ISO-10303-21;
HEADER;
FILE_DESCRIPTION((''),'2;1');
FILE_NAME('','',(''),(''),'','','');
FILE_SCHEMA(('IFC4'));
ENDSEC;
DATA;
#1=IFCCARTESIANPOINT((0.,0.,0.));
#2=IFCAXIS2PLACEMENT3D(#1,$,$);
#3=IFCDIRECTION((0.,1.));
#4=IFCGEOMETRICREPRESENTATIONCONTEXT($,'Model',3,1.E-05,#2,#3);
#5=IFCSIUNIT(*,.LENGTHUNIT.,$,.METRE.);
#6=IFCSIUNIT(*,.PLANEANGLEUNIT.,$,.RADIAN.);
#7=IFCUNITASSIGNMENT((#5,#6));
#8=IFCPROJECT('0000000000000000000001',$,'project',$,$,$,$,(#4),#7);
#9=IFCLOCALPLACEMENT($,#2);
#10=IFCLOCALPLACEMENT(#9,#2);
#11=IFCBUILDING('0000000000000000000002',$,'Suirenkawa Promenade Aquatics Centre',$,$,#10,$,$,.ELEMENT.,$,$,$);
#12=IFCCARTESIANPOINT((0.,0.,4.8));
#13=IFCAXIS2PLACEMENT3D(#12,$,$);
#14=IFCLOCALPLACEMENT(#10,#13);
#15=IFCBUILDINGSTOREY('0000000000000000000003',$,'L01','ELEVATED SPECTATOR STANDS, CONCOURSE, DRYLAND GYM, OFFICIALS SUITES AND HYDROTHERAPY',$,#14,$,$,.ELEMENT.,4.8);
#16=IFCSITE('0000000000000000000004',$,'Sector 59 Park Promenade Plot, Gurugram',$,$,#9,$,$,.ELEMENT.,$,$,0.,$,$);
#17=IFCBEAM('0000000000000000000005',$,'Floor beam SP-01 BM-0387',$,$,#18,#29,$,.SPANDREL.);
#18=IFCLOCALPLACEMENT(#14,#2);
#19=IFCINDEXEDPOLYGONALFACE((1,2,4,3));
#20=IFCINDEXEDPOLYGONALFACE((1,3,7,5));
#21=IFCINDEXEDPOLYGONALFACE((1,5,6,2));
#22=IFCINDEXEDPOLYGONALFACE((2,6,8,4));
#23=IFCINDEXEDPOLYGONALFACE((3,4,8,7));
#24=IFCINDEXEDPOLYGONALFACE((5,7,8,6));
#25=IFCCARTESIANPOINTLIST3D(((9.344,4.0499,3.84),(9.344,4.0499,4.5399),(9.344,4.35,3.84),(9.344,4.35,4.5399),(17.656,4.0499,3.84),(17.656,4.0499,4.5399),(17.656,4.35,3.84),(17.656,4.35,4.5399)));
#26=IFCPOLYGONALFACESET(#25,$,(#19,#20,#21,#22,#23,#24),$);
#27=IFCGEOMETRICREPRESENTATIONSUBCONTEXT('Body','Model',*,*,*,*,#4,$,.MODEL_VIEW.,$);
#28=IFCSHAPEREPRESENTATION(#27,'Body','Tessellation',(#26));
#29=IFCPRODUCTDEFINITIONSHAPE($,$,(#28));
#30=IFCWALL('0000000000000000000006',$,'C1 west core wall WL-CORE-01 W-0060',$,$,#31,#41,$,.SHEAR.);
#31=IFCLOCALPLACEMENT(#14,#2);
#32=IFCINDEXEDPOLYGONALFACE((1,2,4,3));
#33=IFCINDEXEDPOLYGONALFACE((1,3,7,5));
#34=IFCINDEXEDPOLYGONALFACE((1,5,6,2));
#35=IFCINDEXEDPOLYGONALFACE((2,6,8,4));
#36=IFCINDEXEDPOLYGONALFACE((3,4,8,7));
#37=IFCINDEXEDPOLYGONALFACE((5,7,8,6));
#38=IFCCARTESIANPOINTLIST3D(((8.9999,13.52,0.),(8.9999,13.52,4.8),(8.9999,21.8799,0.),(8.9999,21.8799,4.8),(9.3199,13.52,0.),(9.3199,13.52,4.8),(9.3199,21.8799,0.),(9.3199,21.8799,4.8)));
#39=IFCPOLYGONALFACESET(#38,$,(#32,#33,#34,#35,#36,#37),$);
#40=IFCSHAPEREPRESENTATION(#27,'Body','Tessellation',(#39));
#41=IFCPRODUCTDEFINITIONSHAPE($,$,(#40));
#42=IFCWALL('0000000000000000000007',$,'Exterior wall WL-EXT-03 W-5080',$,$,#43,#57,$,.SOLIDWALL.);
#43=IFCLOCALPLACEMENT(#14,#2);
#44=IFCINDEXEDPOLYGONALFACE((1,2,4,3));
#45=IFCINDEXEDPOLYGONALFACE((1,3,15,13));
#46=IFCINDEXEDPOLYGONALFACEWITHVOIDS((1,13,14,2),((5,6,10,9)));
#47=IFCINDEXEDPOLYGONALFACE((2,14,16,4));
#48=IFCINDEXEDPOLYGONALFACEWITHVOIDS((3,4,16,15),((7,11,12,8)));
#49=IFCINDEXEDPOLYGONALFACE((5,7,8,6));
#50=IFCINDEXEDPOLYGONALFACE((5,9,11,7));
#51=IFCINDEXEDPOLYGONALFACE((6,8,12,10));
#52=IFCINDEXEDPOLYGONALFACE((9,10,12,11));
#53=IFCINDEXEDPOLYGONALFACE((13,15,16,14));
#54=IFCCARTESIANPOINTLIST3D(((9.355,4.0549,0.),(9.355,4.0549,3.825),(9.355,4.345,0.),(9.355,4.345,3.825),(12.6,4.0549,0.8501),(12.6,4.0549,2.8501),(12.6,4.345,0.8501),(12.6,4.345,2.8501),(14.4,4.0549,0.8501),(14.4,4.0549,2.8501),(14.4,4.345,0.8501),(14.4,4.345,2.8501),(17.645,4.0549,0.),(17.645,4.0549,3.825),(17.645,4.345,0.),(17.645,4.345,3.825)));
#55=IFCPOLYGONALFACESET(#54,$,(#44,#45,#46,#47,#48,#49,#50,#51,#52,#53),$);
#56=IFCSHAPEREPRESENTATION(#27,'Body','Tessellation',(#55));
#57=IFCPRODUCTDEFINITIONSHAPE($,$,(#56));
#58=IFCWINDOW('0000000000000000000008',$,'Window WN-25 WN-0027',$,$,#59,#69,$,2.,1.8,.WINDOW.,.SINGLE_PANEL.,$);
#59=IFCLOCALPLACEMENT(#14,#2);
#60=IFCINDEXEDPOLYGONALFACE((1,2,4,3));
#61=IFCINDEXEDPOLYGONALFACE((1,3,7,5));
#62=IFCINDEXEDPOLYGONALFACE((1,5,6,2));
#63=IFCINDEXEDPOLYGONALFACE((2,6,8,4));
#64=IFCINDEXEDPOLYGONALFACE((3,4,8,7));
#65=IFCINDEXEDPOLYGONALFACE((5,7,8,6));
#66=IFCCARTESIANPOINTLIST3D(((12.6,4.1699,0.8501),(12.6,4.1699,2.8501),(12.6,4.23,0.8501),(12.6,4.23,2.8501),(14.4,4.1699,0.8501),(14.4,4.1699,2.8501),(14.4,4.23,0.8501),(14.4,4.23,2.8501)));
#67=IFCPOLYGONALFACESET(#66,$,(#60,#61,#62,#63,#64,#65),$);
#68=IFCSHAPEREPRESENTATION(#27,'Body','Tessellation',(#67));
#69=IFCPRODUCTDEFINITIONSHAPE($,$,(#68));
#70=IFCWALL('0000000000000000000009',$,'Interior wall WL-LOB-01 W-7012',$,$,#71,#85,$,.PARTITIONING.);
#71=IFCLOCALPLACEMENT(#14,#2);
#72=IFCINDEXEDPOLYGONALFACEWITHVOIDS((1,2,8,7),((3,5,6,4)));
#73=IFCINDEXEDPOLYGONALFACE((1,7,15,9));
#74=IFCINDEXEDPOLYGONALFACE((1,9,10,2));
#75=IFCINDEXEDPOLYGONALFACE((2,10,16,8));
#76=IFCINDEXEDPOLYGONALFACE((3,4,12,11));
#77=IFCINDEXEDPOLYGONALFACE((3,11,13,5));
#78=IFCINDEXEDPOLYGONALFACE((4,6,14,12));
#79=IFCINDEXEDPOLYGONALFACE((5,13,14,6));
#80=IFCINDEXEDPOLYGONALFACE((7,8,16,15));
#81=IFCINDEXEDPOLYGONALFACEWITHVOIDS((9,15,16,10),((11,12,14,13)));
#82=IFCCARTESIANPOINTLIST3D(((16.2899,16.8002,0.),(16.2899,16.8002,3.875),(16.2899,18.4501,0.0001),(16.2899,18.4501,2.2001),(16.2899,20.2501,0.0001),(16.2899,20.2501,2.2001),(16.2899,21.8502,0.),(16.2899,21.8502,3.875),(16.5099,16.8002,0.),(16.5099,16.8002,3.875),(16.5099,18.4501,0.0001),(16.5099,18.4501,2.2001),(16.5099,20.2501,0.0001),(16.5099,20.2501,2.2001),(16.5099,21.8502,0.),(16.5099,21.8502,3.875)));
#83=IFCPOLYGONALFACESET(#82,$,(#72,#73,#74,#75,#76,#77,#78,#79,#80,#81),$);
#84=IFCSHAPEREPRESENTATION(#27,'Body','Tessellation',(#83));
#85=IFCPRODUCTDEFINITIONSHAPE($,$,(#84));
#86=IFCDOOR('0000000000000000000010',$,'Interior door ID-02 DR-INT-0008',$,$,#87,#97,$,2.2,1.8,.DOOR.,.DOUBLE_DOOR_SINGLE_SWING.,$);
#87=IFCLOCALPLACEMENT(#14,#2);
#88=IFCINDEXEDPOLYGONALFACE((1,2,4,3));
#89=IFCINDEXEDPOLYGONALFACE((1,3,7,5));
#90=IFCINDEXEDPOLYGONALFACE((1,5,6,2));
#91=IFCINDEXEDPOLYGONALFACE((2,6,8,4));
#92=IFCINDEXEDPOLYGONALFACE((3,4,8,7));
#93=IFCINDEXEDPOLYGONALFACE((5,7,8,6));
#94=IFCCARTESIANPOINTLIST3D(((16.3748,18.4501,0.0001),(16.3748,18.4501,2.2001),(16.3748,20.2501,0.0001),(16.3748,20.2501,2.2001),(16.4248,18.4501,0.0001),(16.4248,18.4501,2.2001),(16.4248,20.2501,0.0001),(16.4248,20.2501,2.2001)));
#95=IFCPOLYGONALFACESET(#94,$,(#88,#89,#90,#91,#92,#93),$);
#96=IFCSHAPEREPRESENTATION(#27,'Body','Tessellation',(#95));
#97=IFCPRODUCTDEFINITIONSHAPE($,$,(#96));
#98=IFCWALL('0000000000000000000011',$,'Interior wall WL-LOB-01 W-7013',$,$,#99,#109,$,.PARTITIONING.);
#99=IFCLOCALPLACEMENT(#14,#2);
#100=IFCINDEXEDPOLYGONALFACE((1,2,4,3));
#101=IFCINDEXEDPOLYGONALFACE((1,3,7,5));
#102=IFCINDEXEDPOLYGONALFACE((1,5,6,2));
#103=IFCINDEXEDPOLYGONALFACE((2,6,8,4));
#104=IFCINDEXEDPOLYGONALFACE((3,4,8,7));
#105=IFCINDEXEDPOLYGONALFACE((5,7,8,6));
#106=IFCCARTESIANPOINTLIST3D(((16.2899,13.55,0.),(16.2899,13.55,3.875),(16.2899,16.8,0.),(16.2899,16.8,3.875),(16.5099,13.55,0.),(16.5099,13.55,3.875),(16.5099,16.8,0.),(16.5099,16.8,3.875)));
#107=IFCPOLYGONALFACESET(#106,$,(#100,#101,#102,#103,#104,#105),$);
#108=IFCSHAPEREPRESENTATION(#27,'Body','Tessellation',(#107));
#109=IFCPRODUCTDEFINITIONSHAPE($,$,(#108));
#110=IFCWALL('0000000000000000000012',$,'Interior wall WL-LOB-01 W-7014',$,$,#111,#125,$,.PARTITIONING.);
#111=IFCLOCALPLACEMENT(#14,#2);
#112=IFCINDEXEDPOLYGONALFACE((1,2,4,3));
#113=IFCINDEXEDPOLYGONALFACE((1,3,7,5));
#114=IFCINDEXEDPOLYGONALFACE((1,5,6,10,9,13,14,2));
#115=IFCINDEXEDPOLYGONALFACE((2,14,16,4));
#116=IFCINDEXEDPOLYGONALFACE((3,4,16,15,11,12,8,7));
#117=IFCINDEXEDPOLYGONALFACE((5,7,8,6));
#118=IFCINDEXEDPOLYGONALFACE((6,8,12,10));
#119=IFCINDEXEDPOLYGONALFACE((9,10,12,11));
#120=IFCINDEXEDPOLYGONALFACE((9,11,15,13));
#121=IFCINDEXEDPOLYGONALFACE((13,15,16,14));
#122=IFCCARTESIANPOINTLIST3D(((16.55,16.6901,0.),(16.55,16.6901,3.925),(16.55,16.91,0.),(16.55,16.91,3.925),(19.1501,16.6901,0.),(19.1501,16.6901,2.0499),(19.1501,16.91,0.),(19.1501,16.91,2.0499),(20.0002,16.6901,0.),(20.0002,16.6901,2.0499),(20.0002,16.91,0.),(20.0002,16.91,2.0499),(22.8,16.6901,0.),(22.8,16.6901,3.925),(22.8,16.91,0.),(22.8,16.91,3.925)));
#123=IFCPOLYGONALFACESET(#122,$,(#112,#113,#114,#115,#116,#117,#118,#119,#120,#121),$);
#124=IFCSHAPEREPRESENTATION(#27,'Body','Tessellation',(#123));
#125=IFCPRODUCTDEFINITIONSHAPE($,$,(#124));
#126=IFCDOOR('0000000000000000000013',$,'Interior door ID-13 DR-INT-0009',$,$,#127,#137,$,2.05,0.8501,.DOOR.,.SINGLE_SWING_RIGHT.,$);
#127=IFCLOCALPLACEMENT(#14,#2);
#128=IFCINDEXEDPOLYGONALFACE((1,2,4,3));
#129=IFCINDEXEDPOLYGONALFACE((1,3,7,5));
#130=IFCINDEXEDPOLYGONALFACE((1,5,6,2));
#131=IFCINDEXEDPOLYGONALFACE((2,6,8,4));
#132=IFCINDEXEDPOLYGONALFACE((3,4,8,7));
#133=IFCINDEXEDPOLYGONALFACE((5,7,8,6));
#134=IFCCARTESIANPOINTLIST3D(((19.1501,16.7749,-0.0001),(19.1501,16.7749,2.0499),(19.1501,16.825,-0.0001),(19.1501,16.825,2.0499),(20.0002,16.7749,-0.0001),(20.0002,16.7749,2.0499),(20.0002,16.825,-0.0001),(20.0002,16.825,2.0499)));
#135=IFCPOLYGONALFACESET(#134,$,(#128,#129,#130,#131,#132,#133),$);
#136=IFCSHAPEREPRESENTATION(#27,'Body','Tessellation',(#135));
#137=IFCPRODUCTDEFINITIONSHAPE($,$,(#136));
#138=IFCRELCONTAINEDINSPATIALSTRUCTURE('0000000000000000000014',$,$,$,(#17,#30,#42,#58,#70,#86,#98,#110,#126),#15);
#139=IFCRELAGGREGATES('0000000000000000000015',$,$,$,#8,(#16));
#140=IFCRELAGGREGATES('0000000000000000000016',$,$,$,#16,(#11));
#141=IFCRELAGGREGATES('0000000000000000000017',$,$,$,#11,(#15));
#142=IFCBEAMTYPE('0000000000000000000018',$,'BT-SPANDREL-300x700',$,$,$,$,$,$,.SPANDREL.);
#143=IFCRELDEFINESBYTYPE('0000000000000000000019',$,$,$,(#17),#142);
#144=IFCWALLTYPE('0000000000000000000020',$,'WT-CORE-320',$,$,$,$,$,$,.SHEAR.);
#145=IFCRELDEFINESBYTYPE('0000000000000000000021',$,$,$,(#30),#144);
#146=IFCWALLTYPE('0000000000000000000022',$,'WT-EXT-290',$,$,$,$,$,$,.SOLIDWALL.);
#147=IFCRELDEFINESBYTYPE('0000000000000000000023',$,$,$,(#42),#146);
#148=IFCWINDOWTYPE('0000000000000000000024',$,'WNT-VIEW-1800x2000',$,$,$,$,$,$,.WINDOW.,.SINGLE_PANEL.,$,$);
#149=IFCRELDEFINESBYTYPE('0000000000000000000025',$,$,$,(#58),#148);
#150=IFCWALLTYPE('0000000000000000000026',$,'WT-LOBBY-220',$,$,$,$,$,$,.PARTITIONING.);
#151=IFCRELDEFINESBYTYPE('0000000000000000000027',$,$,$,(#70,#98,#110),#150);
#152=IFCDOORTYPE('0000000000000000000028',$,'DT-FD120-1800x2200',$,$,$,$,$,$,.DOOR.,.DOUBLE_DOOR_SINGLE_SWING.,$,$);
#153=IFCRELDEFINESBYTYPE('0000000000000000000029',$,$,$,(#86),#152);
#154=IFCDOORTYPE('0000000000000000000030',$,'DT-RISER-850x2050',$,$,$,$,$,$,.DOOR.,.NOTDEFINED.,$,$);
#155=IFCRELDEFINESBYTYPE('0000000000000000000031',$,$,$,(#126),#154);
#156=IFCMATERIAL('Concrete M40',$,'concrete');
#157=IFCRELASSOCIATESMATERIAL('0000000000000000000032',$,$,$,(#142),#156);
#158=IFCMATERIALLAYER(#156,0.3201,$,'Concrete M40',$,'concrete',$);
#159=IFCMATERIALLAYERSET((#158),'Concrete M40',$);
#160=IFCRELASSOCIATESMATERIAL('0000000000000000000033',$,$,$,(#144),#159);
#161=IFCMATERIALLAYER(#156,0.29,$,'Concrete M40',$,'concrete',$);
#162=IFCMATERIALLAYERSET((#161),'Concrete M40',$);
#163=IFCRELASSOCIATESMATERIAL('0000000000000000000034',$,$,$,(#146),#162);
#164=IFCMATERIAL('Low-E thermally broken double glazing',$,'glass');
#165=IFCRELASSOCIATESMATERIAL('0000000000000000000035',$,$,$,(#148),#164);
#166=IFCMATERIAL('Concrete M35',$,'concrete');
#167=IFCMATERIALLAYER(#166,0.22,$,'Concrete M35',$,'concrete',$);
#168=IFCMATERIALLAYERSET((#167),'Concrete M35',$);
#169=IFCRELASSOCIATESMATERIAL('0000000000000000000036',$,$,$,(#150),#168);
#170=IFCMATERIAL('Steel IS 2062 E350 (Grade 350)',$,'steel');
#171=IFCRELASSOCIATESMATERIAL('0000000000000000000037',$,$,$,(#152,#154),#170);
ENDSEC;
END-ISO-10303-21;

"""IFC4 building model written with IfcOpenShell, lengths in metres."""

from ifc_helpers import new_model, si_unit, direction, frame, frame_2d, origin, origin_2d, place, context, subcontext, project, spatial, rectangle, extrude, material, layer, layer_set, material_profile, profile_set, type_object, element, fill, save


model = new_model("IFC4")

# Units and contexts
model_context = context("Model", 3, precision=1e-05, world=origin(), true_north=direction((0.0, 1.0)))
body_context = subcontext(model_context, "Body", "Model", "MODEL_VIEW")
ifc_project = project(units=[si_unit("LENGTHUNIT", "METRE"), si_unit("PLANEANGLEUNIT", "RADIAN")], contexts=[model_context])

# Site, building, storey
site_placement = place(None, origin())
site = spatial("IfcSite", under=ifc_project, at=site_placement, Name="Sector 59 Park Promenade Plot, Gurugram", CompositionType="ELEMENT", RefElevation=0.0)
building_placement = place(site_placement, origin())
building = spatial("IfcBuilding", under=site, at=building_placement, Name="Suirenkawa Promenade Aquatics Centre", CompositionType="ELEMENT")
storey_placement = place(building_placement, frame((0.0, 0.0, 4.8)))
storey = spatial("IfcBuildingStorey", under=building, at=storey_placement, Name="L01", Description="ELEVATED SPECTATOR STANDS, CONCOURSE, DRYLAND GYM, OFFICIALS SUITES AND HYDROTHERAPY", CompositionType="ELEMENT", Elevation=4.8)

# Shared definitions
ifc_material_1 = material(Name="Concrete M40", Category="concrete")

# Beam
ifc_material_2 = material(Name="Steel IS 2062 E350 (Grade 350)", Category="steel")
ifc_material_3 = material(Name="Concrete M35", Category="concrete")
ifc_material_profile_1 = material_profile(ifc_material_1, rectangle(XDim=0.3, YDim=0.7, at=origin_2d()), Name="RC SPANDREL 300x700", Category="concrete")
ifc_profile_set_1 = profile_set([ifc_material_profile_1], Name="Concrete M40")
beam_type_1 = type_object("IfcBeamType", Name="BT-SPANDREL-300x700", PredefinedType="SPANDREL", material=ifc_profile_set_1)
beam_1_placement = place(storey_placement, frame((9.344, 4.2, 4.1899), z_axis=(1.0, 0.0, 0.0), x_axis=(0.0, 1.0, 0.0)))
element("IfcBeam", 1, at=beam_1_placement, inside=storey, type_object=beam_type_1, Name="Floor beam SP-01 BM-0387", PredefinedType="SPANDREL", context=body_context, shape_type="SweptSolid", body=[
    extrude(rectangle(XDim=0.3, YDim=0.7, at=origin_2d()), origin(), (0.0, 0.0, 1.0), 8.312),
])

# Wall
ifc_layer_1 = layer(ifc_material_1, 0.3201, Name="Concrete M40", Category="concrete")
ifc_layer_set_1 = layer_set([ifc_layer_1], Name="Concrete M40")
wall_type_1 = type_object("IfcWallType", Name="WT-CORE-320", PredefinedType="SHEAR", material=ifc_layer_set_1)
wall_1_placement = place(storey_placement, frame((9.1599, 13.52, 0.0), z_axis=(0.0, 0.0, 1.0), x_axis=(0.0, 1.0, 0.0)))
element("IfcWall", 2, at=wall_1_placement, inside=storey, type_object=wall_type_1, Name="C1 west core wall WL-CORE-01 W-0060", PredefinedType="SHEAR", context=body_context, shape_type="SweptSolid", body=[
    extrude(rectangle(XDim=8.3599, YDim=0.3201, at=frame_2d((4.1799, 0.0))), origin(), (0.0, 0.0, 1.0), 4.8),
])

# Wall, opening, window
ifc_layer_2 = layer(ifc_material_1, 0.29, Name="Concrete M40", Category="concrete")
ifc_layer_set_2 = layer_set([ifc_layer_2], Name="Concrete M40")
wall_type_2 = type_object("IfcWallType", Name="WT-EXT-290", PredefinedType="SOLIDWALL", material=ifc_layer_set_2)
wall_2_placement = place(storey_placement, frame((17.645, 4.2, 0.0), z_axis=(0.0, 0.0, 1.0), x_axis=(-1.0, 0.0, 0.0)))
wall_2 = element("IfcWall", 3, at=wall_2_placement, inside=storey, type_object=wall_type_2, Name="Exterior wall WL-EXT-03 W-5080", PredefinedType="SOLIDWALL", context=body_context, shape_type="SweptSolid", body=[
    extrude(rectangle(XDim=8.29, YDim=0.29, at=frame_2d((4.145, 0.0))), origin(), (0.0, 0.0, 1.0), 3.825),
])
opening_1_placement = place(wall_2_placement, frame((3.2451, 0.0, 0.8501)))
opening_1 = element("IfcOpeningElement", 4, at=opening_1_placement, cuts=wall_2, PredefinedType="OPENING", context=body_context, shape_type="SweptSolid", body=[
    extrude(rectangle(XDim=1.8, YDim=2.0, at=frame_2d((0.8999, 1.0))), frame((0.0, 0.155, 0.0), z_axis=(0.0, -1.0, 0.0), x_axis=(1.0, 0.0, 0.0)), (0.0, 0.0, 1.0), 0.3101),
])
ifc_material_4 = material(Name="Low-E thermally broken double glazing", Category="glass")
window_type = type_object("IfcWindowType", Name="WNT-VIEW-1800x2000", PartitioningType="SINGLE_PANEL", PredefinedType="WINDOW", material=ifc_material_4)
window_placement = place(opening_1_placement, origin())
window = element("IfcWindow", 5, at=window_placement, inside=storey, type_object=window_type, Name="Window WN-25 WN-0027", OverallHeight=2.0, OverallWidth=1.8, PartitioningType="SINGLE_PANEL", PredefinedType="WINDOW", context=body_context, shape_type="SweptSolid", body=[
    extrude(rectangle(XDim=1.8, YDim=2.0, at=frame_2d((0.8999, 1.0))), frame((0.0, 0.03, 0.0), z_axis=(0.0, -1.0, 0.0), x_axis=(1.0, 0.0, 0.0)), (0.0, 0.0, 1.0), 0.0601),
])
fill(opening_1, window)

# Wall, opening, door
ifc_layer_3 = layer(ifc_material_3, 0.22, Name="Concrete M35", Category="concrete")
ifc_layer_set_3 = layer_set([ifc_layer_3], Name="Concrete M35")
wall_type_3 = type_object("IfcWallType", Name="WT-LOBBY-220", PredefinedType="PARTITIONING", material=ifc_layer_set_3)
wall_3_placement = place(storey_placement, frame((16.3999, 21.8501, 0.0), z_axis=(0.0, 0.0, 1.0), x_axis=(0.0, -1.0, 0.0)))
wall_3 = element("IfcWall", 6, at=wall_3_placement, inside=storey, type_object=wall_type_3, Name="Interior wall WL-LOB-01 W-7012", PredefinedType="PARTITIONING", context=body_context, shape_type="SweptSolid", body=[
    extrude(rectangle(XDim=5.05, YDim=0.22, at=frame_2d((2.5249, 0.0))), origin(), (0.0, 0.0, 1.0), 3.875),
])
opening_2_placement = place(wall_3_placement, frame((1.6001, 0.0, 0.0)))
opening_2 = element("IfcOpeningElement", 7, at=opening_2_placement, cuts=wall_3, PredefinedType="OPENING", context=body_context, shape_type="SweptSolid", body=[
    extrude(rectangle(XDim=1.8, YDim=2.2, at=frame_2d((0.8999, 1.1001))), frame((0.0, 0.1199, 0.0), z_axis=(0.0, -1.0, 0.0), x_axis=(1.0, 0.0, 0.0)), (0.0, 0.0, 1.0), 0.24),
])
door_type_1 = type_object("IfcDoorType", Name="DT-FD120-1800x2200", OperationType="DOUBLE_DOOR_SINGLE_SWING", PredefinedType="DOOR", material=ifc_material_2)
door_1_placement = place(opening_2_placement, origin())
door_1 = element("IfcDoor", 8, at=door_1_placement, inside=storey, type_object=door_type_1, Name="Interior door ID-02 DR-INT-0008", OperationType="DOUBLE_DOOR_SINGLE_SWING", OverallHeight=2.2, OverallWidth=1.8, PredefinedType="DOOR", context=body_context, shape_type="SweptSolid", body=[
    extrude(rectangle(XDim=1.8, YDim=2.2, at=frame_2d((0.8999, 1.1001))), frame((0.0, 0.0249, 0.0), z_axis=(0.0, -1.0, 0.0), x_axis=(1.0, 0.0, 0.0)), (0.0, 0.0, 1.0), 0.05),
])
fill(opening_2, door_1)

# Wall
wall_4_placement = place(storey_placement, frame((16.3999, 13.55, 0.0), z_axis=(0.0, 0.0, 1.0), x_axis=(0.0, 1.0, 0.0)))
element("IfcWall", 9, at=wall_4_placement, inside=storey, type_object=wall_type_3, Name="Interior wall WL-LOB-01 W-7013", PredefinedType="PARTITIONING", context=body_context, shape_type="SweptSolid", body=[
    extrude(rectangle(XDim=3.25, YDim=0.22, at=frame_2d((1.625, 0.0))), origin(), (0.0, 0.0, 1.0), 3.875),
])

# Wall, opening, door
wall_5_placement = place(storey_placement, frame((16.55, 16.8, 0.0), z_axis=(0.0, 0.0, 1.0), x_axis=(1.0, 0.0, 0.0)))
wall_5 = element("IfcWall", 10, at=wall_5_placement, inside=storey, type_object=wall_type_3, Name="Interior wall WL-LOB-01 W-7014", PredefinedType="PARTITIONING", context=body_context, shape_type="SweptSolid", body=[
    extrude(rectangle(XDim=6.25, YDim=0.22, at=frame_2d((3.125, 0.0))), origin(), (0.0, 0.0, 1.0), 3.925),
])
opening_3_placement = place(wall_5_placement, frame((2.6001, 0.0, 0.0)))
opening_3 = element("IfcOpeningElement", 11, at=opening_3_placement, cuts=wall_5, PredefinedType="OPENING", context=body_context, shape_type="SweptSolid", body=[
    extrude(rectangle(XDim=0.8501, YDim=2.05, at=frame_2d((0.425, 1.0249))), frame((0.0, 0.1199, 0.0), z_axis=(0.0, -1.0, 0.0), x_axis=(1.0, 0.0, 0.0)), (0.0, 0.0, 1.0), 0.24),
])
door_type_2 = type_object("IfcDoorType", Name="DT-RISER-850x2050", OperationType="NOTDEFINED", PredefinedType="DOOR", material=ifc_material_2)
door_2_placement = place(opening_3_placement, origin())
door_2 = element("IfcDoor", 12, at=door_2_placement, inside=storey, type_object=door_type_2, Name="Interior door ID-13 DR-INT-0009", OperationType="SINGLE_SWING_RIGHT", OverallHeight=2.05, OverallWidth=0.8501, PredefinedType="DOOR", context=body_context, shape_type="SweptSolid", body=[
    extrude(rectangle(XDim=0.8501, YDim=2.05, at=frame_2d((0.425, 1.0249))), frame((0.0, 0.0249, 0.0), z_axis=(0.0, -1.0, 0.0), x_axis=(1.0, 0.0, 0.0)), (0.0, 0.0, 1.0), 0.05),
])
fill(opening_3, door_2)

save(model, "model.ifc")
